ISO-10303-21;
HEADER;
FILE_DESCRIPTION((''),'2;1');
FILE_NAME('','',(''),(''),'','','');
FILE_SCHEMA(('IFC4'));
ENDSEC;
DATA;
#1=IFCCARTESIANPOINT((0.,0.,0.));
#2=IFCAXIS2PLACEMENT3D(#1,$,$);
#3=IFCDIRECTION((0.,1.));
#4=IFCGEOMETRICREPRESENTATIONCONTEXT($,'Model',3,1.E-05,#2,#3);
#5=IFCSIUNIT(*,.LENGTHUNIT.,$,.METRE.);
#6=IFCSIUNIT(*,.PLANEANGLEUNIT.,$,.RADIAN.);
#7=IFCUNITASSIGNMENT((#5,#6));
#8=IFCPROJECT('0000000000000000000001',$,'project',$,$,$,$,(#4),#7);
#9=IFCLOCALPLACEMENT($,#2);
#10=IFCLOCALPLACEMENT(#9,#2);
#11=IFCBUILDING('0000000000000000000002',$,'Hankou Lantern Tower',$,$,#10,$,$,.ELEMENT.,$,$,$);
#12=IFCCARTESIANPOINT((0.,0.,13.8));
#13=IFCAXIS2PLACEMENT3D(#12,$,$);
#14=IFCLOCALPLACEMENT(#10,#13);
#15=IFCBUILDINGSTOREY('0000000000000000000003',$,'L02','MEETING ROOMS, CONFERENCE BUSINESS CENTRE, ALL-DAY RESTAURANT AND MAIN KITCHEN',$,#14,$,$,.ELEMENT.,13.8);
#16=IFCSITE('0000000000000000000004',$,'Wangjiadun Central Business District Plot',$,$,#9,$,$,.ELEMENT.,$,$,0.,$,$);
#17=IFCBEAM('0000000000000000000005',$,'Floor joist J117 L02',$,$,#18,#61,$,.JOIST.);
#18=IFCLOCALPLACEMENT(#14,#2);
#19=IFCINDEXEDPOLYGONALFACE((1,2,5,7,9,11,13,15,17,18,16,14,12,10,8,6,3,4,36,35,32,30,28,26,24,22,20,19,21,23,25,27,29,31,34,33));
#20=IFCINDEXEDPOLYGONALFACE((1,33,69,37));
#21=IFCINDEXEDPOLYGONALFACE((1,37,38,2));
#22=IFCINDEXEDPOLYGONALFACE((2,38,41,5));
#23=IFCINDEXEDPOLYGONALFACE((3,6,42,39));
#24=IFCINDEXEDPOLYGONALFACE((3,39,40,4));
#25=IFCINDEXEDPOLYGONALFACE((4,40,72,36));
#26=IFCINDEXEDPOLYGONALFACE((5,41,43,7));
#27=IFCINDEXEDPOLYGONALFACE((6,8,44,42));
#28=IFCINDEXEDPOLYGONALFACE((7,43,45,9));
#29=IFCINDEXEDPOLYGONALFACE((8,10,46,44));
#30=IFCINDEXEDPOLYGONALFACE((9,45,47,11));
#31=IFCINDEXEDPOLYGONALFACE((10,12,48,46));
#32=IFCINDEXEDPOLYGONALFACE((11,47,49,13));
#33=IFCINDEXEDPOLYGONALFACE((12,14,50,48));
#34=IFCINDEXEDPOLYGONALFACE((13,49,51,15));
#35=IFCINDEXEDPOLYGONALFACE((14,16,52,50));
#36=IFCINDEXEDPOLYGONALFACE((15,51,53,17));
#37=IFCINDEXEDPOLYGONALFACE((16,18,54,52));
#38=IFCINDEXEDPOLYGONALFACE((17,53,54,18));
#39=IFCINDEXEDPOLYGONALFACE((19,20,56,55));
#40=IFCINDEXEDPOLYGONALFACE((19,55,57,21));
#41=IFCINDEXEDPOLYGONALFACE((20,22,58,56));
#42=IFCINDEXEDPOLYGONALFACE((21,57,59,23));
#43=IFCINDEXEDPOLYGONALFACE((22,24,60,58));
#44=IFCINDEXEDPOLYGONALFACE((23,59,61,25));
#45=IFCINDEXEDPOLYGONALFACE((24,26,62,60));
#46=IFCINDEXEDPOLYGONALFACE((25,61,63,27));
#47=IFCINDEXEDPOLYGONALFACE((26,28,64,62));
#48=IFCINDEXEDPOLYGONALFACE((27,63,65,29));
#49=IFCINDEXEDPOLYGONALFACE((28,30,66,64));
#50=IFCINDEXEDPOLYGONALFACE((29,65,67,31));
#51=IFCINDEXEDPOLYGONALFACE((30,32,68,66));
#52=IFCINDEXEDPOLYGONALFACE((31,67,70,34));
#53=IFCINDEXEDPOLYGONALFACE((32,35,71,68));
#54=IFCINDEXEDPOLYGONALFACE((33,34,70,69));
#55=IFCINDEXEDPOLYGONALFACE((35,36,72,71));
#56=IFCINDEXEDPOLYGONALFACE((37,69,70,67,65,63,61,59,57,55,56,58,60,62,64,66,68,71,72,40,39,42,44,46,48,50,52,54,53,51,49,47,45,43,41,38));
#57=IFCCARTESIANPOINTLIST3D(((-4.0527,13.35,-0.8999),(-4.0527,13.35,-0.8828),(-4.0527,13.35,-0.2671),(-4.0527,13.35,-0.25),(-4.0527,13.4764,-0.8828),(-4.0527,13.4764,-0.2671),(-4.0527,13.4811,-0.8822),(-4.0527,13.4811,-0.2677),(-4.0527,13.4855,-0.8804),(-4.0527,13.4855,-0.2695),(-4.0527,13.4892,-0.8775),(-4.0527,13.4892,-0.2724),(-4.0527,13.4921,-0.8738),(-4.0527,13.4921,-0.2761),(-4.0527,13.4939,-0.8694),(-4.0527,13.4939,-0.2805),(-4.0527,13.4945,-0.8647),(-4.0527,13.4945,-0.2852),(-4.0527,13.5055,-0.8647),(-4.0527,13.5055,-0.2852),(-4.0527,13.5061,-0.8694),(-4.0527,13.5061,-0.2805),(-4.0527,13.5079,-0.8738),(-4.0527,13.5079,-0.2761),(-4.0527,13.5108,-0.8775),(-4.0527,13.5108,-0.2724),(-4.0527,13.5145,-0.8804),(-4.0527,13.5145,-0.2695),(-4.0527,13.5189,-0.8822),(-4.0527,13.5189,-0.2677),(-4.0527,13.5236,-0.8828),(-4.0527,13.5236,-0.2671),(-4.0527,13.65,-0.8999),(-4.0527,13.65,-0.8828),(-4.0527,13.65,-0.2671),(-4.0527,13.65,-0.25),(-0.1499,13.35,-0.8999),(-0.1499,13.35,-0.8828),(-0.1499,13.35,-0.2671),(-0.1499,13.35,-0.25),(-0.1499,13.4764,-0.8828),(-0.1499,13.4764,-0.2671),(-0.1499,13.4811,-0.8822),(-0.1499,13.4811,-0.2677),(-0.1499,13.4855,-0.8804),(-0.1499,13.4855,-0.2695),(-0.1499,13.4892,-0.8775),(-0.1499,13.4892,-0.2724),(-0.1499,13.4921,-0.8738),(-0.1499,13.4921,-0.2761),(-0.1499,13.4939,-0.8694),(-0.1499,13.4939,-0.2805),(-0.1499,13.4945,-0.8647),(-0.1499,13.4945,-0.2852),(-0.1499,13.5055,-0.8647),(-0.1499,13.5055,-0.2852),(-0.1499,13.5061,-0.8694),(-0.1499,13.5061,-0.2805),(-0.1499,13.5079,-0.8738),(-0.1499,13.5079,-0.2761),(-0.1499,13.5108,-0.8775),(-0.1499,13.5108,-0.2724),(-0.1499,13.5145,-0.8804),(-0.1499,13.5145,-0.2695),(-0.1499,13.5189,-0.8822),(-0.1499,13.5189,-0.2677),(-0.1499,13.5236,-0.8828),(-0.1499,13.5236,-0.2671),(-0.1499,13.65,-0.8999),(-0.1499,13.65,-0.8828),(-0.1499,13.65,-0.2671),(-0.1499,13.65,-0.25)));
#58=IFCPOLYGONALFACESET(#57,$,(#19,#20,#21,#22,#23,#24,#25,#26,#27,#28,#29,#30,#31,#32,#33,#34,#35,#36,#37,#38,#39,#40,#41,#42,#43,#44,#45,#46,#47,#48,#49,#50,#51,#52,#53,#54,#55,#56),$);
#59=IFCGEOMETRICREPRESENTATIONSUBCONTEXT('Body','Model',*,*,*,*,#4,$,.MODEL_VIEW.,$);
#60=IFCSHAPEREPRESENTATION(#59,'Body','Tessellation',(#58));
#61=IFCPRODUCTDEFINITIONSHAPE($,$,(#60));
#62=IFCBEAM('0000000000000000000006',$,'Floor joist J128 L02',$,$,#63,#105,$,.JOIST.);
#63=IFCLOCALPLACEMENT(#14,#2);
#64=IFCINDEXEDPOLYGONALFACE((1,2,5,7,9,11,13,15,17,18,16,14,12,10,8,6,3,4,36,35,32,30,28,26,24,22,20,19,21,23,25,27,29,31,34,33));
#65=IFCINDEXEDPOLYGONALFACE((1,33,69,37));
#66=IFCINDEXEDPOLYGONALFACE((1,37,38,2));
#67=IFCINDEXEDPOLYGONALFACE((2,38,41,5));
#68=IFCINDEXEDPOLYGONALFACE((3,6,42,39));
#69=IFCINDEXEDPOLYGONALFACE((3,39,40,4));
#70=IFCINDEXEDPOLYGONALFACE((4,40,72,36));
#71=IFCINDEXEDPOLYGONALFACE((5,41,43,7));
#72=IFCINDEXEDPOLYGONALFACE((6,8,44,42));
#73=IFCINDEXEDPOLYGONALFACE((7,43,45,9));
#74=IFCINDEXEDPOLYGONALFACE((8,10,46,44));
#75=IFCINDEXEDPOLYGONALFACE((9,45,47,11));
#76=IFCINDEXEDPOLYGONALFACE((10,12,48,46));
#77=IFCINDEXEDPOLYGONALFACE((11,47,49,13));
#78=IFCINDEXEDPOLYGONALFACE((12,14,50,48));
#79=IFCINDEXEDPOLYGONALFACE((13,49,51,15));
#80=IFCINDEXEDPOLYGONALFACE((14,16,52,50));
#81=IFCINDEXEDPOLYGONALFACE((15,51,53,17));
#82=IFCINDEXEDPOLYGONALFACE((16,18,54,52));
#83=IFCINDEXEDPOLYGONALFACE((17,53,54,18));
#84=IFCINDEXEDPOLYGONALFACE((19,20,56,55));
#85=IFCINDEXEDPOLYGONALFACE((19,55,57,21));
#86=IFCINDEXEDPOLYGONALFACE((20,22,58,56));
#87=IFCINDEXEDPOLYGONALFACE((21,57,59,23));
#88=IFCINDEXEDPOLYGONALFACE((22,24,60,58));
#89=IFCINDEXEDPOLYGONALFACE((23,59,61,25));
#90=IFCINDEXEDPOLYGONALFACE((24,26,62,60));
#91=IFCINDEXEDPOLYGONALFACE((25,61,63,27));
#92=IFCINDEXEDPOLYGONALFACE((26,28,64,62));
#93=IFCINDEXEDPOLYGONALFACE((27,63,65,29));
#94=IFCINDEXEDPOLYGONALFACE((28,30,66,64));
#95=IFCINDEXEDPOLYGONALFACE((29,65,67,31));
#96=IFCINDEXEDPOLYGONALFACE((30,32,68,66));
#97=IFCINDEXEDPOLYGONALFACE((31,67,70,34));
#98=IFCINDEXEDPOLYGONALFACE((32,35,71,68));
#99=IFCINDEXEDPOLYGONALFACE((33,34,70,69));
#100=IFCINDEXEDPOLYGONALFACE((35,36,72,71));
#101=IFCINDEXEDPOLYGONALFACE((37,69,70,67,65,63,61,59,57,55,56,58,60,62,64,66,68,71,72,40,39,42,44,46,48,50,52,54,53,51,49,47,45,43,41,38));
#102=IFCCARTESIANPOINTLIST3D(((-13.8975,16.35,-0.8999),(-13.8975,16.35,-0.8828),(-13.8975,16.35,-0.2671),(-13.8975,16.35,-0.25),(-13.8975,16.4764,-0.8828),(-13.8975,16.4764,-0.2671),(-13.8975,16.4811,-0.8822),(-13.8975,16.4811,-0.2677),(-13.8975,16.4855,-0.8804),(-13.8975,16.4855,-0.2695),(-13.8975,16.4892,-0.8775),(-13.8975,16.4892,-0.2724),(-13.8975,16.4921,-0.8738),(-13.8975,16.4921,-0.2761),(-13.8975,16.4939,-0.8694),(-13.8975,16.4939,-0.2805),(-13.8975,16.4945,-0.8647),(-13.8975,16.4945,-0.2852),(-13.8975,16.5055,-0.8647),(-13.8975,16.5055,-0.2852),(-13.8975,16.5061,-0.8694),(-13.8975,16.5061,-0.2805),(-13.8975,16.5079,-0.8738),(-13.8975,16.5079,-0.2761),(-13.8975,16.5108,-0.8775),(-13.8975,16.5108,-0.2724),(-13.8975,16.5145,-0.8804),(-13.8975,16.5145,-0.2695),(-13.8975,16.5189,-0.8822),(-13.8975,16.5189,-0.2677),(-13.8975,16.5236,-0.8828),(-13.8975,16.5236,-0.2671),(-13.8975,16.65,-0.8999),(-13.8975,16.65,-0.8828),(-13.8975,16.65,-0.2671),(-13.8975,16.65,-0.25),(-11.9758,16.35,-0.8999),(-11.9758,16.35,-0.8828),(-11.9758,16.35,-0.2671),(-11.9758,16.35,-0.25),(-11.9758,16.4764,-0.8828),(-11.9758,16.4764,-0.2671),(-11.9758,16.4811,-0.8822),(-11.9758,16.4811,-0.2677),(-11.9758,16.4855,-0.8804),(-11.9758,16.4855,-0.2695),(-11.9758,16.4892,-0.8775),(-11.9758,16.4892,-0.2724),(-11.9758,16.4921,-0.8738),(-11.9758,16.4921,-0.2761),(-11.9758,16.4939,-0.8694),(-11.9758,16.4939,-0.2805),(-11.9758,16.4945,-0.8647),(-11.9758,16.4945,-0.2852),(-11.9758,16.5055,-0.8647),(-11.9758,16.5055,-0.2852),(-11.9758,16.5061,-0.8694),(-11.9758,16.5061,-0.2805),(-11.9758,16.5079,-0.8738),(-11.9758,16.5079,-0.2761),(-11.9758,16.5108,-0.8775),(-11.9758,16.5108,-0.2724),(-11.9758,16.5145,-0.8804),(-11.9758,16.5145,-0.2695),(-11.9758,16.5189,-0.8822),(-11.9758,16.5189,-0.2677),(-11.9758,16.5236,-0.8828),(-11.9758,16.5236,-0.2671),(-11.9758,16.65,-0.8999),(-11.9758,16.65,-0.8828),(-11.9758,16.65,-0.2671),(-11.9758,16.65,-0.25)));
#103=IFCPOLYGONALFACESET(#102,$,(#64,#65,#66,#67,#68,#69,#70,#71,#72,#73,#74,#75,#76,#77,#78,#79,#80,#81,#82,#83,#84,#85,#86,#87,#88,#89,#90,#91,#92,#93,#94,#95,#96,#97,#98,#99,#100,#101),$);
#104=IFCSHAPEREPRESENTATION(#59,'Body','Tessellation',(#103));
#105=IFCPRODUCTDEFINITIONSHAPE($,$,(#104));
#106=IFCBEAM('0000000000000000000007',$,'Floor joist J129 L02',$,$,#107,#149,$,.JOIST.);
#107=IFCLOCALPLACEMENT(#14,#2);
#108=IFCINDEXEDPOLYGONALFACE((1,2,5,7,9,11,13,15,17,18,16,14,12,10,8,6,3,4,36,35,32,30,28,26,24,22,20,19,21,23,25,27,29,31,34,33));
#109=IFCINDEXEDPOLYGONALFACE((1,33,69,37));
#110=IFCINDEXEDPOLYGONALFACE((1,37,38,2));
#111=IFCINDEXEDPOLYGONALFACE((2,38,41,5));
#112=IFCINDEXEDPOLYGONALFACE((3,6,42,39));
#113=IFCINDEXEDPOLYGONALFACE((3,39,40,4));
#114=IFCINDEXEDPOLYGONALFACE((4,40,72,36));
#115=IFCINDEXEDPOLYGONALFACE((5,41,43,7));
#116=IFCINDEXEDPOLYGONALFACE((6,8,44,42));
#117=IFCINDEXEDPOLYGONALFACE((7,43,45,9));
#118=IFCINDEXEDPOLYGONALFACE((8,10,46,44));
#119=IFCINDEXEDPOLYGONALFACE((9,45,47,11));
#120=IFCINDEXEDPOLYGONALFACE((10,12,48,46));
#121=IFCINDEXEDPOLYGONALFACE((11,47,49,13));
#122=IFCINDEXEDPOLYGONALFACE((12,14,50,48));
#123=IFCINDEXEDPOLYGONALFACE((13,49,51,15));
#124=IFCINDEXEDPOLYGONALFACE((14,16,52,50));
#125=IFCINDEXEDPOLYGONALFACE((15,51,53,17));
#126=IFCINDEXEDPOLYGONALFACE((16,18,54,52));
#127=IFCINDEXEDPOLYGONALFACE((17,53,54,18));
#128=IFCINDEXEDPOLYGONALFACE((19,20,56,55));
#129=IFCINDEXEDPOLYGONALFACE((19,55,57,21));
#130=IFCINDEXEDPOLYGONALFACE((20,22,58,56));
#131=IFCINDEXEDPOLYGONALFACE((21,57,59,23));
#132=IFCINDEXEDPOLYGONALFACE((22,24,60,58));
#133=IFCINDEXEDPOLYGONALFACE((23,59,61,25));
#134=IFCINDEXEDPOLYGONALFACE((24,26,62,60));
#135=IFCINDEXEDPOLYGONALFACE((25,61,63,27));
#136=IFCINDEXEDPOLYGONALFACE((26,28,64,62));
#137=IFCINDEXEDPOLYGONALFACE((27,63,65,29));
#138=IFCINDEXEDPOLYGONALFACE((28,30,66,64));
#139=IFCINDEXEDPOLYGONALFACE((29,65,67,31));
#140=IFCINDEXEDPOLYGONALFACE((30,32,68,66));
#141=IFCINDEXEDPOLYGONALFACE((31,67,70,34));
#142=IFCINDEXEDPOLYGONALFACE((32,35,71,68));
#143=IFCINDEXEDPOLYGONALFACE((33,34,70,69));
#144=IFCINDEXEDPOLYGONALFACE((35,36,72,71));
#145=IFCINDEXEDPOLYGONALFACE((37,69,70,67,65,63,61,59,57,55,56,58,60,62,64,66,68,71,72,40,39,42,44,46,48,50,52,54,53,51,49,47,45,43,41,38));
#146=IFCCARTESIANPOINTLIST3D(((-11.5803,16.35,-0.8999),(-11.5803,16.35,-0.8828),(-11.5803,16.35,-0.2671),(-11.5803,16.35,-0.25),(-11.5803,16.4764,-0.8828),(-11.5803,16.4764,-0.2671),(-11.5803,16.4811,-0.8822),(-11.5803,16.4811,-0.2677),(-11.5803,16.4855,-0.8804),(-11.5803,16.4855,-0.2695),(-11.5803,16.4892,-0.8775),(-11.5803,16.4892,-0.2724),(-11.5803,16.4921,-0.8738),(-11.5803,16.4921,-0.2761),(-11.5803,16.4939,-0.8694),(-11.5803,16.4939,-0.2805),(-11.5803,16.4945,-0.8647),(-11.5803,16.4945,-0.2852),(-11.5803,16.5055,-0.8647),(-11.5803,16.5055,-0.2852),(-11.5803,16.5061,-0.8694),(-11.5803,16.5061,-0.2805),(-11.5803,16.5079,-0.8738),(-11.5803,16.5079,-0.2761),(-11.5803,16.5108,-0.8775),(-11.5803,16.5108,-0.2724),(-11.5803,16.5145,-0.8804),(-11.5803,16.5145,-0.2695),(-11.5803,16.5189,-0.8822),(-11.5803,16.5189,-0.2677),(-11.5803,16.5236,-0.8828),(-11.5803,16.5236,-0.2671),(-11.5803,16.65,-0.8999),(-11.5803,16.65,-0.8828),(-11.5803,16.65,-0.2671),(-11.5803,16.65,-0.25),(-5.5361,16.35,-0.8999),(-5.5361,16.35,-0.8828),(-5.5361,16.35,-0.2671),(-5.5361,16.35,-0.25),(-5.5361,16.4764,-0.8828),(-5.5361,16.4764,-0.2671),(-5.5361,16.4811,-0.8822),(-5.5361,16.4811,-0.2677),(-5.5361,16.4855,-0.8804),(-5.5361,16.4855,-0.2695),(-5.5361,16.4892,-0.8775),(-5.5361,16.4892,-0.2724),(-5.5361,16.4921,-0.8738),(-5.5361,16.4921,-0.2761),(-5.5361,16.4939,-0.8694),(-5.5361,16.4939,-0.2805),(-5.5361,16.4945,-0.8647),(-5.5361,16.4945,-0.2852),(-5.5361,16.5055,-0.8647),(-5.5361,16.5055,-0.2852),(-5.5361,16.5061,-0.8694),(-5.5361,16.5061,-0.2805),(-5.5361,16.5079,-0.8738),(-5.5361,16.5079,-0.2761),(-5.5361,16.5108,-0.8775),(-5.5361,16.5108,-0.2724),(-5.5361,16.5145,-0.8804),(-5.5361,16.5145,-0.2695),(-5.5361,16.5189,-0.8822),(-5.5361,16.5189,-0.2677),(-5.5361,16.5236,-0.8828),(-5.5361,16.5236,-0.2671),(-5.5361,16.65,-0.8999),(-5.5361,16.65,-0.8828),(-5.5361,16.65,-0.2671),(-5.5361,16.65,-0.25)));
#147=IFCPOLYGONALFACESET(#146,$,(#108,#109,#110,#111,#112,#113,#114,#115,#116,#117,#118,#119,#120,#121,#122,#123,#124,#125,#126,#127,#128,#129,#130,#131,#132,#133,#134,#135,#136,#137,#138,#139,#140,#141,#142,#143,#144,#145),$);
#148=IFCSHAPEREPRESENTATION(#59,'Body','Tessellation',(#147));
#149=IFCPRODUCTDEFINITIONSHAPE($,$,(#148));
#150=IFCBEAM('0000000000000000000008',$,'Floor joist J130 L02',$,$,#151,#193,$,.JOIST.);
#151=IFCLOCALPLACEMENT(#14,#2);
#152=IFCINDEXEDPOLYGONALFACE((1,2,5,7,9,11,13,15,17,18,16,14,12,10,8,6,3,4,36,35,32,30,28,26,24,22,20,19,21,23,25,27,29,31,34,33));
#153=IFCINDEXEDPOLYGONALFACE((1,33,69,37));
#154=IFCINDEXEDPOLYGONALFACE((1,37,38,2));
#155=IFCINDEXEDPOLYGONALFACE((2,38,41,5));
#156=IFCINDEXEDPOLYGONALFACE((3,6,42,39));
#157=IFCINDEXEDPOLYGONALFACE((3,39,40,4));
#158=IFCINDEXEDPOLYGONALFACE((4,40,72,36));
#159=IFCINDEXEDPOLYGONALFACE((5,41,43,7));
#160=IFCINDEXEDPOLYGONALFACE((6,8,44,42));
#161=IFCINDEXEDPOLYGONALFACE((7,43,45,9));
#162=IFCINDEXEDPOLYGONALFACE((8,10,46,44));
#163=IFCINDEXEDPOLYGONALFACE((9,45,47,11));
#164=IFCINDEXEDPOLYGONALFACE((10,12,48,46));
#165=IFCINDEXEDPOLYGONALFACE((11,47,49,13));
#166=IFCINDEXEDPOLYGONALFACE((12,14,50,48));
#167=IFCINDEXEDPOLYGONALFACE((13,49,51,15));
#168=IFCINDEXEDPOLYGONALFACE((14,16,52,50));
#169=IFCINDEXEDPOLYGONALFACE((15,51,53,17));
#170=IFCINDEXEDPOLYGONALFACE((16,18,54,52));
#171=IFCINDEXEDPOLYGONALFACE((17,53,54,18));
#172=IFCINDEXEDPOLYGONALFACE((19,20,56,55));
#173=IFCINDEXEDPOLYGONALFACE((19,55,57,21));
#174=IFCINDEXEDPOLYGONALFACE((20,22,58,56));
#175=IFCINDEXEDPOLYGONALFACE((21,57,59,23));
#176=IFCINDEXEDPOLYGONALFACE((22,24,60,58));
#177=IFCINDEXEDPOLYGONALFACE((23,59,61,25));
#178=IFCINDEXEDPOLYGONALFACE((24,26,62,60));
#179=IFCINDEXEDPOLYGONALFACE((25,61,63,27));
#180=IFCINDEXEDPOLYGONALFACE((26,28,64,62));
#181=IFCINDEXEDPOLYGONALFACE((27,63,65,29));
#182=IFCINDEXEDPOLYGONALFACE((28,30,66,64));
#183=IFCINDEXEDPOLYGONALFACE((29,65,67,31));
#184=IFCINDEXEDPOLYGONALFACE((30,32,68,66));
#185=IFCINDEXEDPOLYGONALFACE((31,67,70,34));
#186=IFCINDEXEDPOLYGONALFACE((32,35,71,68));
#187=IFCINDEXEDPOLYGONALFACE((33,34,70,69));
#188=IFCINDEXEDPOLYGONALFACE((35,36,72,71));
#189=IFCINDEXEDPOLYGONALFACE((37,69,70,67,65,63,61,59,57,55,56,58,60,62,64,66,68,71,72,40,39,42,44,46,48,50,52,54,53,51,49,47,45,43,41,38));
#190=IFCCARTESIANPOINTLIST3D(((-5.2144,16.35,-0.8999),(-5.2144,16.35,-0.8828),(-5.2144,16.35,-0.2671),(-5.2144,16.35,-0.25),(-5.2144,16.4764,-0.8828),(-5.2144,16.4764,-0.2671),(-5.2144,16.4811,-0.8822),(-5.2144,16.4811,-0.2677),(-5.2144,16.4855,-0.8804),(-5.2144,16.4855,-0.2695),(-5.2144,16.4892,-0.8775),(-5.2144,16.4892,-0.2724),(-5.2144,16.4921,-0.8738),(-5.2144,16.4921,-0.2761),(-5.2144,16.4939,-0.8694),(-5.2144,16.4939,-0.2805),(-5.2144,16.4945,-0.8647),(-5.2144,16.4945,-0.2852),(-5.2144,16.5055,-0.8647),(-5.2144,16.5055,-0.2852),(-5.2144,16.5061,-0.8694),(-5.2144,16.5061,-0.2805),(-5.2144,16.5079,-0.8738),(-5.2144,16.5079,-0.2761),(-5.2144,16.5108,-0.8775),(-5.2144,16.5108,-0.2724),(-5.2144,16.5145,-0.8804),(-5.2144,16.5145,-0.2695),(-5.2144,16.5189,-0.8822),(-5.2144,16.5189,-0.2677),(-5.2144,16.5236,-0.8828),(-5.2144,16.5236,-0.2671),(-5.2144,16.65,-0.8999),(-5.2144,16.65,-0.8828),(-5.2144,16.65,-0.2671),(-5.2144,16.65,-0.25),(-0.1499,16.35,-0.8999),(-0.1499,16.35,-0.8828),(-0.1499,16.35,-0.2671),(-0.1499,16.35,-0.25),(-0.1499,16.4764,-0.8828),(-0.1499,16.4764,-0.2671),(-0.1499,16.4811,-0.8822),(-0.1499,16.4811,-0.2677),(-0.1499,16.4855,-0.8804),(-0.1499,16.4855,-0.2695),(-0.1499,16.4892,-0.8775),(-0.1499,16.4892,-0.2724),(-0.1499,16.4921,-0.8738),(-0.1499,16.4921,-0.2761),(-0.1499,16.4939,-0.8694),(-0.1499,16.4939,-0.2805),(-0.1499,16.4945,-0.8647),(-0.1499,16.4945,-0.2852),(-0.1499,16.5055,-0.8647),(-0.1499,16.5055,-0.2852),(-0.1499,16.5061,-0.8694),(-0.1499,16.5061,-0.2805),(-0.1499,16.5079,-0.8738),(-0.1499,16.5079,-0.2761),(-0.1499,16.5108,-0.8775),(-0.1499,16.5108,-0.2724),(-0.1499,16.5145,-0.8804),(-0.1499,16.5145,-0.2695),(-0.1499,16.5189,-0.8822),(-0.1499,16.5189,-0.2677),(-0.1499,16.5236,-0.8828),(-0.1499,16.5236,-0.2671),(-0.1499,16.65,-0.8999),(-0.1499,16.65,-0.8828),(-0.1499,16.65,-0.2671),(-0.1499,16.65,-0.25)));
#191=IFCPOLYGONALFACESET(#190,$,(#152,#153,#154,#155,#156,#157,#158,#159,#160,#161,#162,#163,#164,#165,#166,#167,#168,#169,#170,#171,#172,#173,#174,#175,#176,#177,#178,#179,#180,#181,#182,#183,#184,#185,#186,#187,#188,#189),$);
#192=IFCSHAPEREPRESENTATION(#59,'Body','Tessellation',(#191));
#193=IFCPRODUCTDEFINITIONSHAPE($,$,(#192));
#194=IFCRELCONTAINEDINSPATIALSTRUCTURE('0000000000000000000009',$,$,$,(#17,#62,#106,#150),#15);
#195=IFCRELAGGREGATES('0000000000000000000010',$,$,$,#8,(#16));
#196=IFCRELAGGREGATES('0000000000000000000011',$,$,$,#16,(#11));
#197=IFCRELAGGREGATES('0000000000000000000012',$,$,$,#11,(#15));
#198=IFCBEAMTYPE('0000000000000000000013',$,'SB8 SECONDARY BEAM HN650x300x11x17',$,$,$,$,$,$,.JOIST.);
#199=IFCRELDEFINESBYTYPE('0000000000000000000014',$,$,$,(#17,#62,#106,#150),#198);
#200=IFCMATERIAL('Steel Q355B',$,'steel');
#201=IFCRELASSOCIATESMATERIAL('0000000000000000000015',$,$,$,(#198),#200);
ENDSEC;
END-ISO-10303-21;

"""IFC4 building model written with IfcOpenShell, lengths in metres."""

from ifc_helpers import new_model, si_unit, direction, frame, origin, origin_2d, place, context, subcontext, project, spatial, i_section, extrude, material, material_profile, profile_set, type_object, element, save


model = new_model("IFC4")

# Units and contexts
model_context = context("Model", 3, precision=1e-05, world=origin(), true_north=direction((0.0, 1.0)))
body_context = subcontext(model_context, "Body", "Model", "MODEL_VIEW")
ifc_project = project(units=[si_unit("LENGTHUNIT", "METRE"), si_unit("PLANEANGLEUNIT", "RADIAN")], contexts=[model_context])

# Site, building, storey
site_placement = place(None, origin())
site = spatial("IfcSite", under=ifc_project, at=site_placement, Name="Wangjiadun Central Business District Plot", CompositionType="ELEMENT", RefElevation=0.0)
building_placement = place(site_placement, origin())
building = spatial("IfcBuilding", under=site, at=building_placement, Name="Hankou Lantern Tower", CompositionType="ELEMENT")
storey_placement = place(building_placement, frame((0.0, 0.0, 13.8)))
storey = spatial("IfcBuildingStorey", under=building, at=storey_placement, Name="L02", Description="MEETING ROOMS, CONFERENCE BUSINESS CENTRE, ALL-DAY RESTAURANT AND MAIN KITCHEN", CompositionType="ELEMENT", Elevation=13.8)

# Beams
ifc_material_1 = material(Name="Steel Q355B", Category="steel")
ifc_material_profile = material_profile(ifc_material_1, i_section(OverallWidth=0.3, OverallDepth=0.6499, WebThickness=0.011, FlangeThickness=0.0171, FilletRadius=0.0181, at=origin_2d()), Name="HN650x300x11x17")
ifc_profile_set = profile_set([ifc_material_profile], Name="Steel Q355B")
beam_type = type_object("IfcBeamType", Name="SB8 SECONDARY BEAM HN650x300x11x17", PredefinedType="JOIST", material=ifc_profile_set)
beam_1_placement = place(storey_placement, frame((-4.0527, 13.5, -0.575), z_axis=(1.0, 0.0, 0.0), x_axis=(0.0, 1.0, 0.0)))
element("IfcBeam", 1, at=beam_1_placement, inside=storey, type_object=beam_type, Name="Floor joist J117 L02", PredefinedType="JOIST", context=body_context, shape_type="SweptSolid", body=[
    extrude(i_section(OverallWidth=0.3, OverallDepth=0.6499, WebThickness=0.011, FlangeThickness=0.0171, FilletRadius=0.0181, at=origin_2d()), origin(), (0.0, 0.0, 1.0), 3.9028),
])
beam_2_placement = place(storey_placement, frame((-13.8975, 16.5, -0.575), z_axis=(1.0, 0.0, 0.0), x_axis=(0.0, 1.0, 0.0)))
element("IfcBeam", 2, at=beam_2_placement, inside=storey, type_object=beam_type, Name="Floor joist J128 L02", PredefinedType="JOIST", context=body_context, shape_type="SweptSolid", body=[
    extrude(i_section(OverallWidth=0.3, OverallDepth=0.6499, WebThickness=0.011, FlangeThickness=0.0171, FilletRadius=0.0181, at=origin_2d()), origin(), (0.0, 0.0, 1.0), 1.9216),
])
beam_3_placement = place(storey_placement, frame((-11.5803, 16.5, -0.575), z_axis=(1.0, 0.0, 0.0), x_axis=(0.0, 1.0, 0.0)))
element("IfcBeam", 3, at=beam_3_placement, inside=storey, type_object=beam_type, Name="Floor joist J129 L02", PredefinedType="JOIST", context=body_context, shape_type="SweptSolid", body=[
    extrude(i_section(OverallWidth=0.3, OverallDepth=0.6499, WebThickness=0.011, FlangeThickness=0.0171, FilletRadius=0.0181, at=origin_2d()), origin(), (0.0, 0.0, 1.0), 6.0442),
])
beam_4_placement = place(storey_placement, frame((-5.2144, 16.5, -0.575), z_axis=(1.0, 0.0, 0.0), x_axis=(0.0, 1.0, 0.0)))
element("IfcBeam", 4, at=beam_4_placement, inside=storey, type_object=beam_type, Name="Floor joist J130 L02", PredefinedType="JOIST", context=body_context, shape_type="SweptSolid", body=[
    extrude(i_section(OverallWidth=0.3, OverallDepth=0.6499, WebThickness=0.011, FlangeThickness=0.0171, FilletRadius=0.0181, at=origin_2d()), origin(), (0.0, 0.0, 1.0), 5.0645),
])

save(model, "model.ifc")
